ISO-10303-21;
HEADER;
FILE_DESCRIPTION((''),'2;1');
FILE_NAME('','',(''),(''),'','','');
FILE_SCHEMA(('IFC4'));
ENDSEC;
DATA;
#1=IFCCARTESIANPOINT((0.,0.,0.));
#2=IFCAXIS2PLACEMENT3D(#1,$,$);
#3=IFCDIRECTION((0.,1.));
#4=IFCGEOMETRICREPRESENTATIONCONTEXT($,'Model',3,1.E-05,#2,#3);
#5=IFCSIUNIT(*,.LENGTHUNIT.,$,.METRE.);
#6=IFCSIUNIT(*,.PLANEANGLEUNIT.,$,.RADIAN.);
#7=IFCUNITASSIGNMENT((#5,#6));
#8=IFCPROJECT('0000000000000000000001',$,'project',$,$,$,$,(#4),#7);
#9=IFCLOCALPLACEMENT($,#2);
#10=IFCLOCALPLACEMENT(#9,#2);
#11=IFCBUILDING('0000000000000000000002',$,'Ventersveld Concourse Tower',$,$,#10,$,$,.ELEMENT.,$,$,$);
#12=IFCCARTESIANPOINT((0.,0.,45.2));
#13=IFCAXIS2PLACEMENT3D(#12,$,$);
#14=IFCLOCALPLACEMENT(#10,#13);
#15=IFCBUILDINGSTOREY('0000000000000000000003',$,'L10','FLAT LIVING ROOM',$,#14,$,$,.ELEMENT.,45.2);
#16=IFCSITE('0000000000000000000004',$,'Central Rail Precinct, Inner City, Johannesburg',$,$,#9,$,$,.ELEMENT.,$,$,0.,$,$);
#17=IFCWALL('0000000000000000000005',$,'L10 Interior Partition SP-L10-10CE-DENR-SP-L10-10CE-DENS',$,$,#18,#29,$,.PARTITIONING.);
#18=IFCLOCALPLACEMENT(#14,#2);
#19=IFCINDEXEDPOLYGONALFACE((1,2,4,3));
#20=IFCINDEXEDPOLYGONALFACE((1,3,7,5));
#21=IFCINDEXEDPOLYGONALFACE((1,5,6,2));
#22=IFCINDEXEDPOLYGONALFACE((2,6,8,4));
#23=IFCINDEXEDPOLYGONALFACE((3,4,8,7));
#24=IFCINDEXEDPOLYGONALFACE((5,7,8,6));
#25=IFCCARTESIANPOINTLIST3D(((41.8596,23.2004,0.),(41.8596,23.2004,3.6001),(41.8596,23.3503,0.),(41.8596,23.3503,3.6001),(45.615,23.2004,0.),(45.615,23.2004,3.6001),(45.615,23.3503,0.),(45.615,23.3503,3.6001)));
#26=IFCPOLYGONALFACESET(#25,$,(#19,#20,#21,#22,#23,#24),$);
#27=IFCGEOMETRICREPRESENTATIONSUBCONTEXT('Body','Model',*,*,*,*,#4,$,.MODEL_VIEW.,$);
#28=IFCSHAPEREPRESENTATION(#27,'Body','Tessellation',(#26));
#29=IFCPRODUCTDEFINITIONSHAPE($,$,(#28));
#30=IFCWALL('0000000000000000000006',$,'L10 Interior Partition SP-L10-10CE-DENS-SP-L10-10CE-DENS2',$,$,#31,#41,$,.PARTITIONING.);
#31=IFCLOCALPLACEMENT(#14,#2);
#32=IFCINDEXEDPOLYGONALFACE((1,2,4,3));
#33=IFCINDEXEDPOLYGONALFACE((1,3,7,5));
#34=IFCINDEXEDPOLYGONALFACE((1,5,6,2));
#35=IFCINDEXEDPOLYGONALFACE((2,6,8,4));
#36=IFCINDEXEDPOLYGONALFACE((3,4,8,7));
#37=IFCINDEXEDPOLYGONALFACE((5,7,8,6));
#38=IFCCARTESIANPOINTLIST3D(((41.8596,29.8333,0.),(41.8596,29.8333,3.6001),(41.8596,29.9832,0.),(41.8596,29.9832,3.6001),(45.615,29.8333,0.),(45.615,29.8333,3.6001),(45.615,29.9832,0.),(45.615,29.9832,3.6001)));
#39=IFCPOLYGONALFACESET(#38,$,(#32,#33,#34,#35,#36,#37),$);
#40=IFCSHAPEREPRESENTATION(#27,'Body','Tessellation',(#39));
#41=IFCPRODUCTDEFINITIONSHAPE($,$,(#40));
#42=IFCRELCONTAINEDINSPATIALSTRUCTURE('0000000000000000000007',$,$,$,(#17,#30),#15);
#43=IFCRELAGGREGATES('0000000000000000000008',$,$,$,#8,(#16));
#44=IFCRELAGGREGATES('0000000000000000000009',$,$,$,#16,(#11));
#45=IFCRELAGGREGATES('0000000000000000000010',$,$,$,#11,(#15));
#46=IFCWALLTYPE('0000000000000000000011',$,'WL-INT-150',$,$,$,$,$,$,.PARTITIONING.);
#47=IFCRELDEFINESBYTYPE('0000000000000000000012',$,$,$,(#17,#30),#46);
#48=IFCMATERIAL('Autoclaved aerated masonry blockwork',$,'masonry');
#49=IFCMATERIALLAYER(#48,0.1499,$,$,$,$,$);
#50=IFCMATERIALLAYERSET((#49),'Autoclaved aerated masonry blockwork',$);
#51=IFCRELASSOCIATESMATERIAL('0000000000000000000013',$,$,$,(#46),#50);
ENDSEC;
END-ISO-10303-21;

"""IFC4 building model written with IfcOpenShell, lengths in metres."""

from ifc_helpers import new_model, si_unit, direction, frame, frame_2d, origin, place, context, subcontext, project, spatial, rectangle, extrude, material, layer, layer_set, type_object, element, save


model = new_model("IFC4")

# Units and contexts
model_context = context("Model", 3, precision=1e-05, world=origin(), true_north=direction((0.0, 1.0)))
body_context = subcontext(model_context, "Body", "Model", "MODEL_VIEW")
ifc_project = project(units=[si_unit("LENGTHUNIT", "METRE"), si_unit("PLANEANGLEUNIT", "RADIAN")], contexts=[model_context])

# Site, building, storey
site_placement = place(None, origin())
site = spatial("IfcSite", under=ifc_project, at=site_placement, Name="Central Rail Precinct, Inner City, Johannesburg", CompositionType="ELEMENT", RefElevation=0.0)
building_placement = place(site_placement, origin())
building = spatial("IfcBuilding", under=site, at=building_placement, Name="Ventersveld Concourse Tower", CompositionType="ELEMENT")
storey_placement = place(building_placement, frame((0.0, 0.0, 45.2)))
storey = spatial("IfcBuildingStorey", under=building, at=storey_placement, Name="L10", Description="FLAT LIVING ROOM", CompositionType="ELEMENT", Elevation=45.2)

# Shared definitions
ifc_material_1 = material(Name="Autoclaved aerated masonry blockwork", Category="masonry")
ifc_layer_1 = layer(ifc_material_1, 0.1499)
ifc_layer_set_1 = layer_set([ifc_layer_1], Name="Autoclaved aerated masonry blockwork")
wall_type_1 = type_object("IfcWallType", Name="WL-INT-150", PredefinedType="PARTITIONING", material=ifc_layer_set_1)

# Walls
for number, where, z_axis, x_axis, name in (
    (1, (41.8596, 23.2754, 0.0), (0.0, 0.0, 1.0), (1.0, 0.0, 0.0), "L10 Interior Partition SP-L10-10CE-DENR-SP-L10-10CE-DENS"),
    (2, (41.8596, 29.9082, 0.0), (0.0, 0.0, 1.0), (1.0, 0.0, 0.0), "L10 Interior Partition SP-L10-10CE-DENS-SP-L10-10CE-DENS2"),
):
    element("IfcWall", number, at=place(storey_placement, frame(where, z_axis=z_axis, x_axis=x_axis)), inside=storey, type_object=wall_type_1, Name=name, PredefinedType="PARTITIONING", context=body_context, shape_type="SweptSolid", body=[
        extrude(rectangle(XDim=3.7554, YDim=0.1499, at=frame_2d((1.8777, 0.0))), origin(), (0.0, 0.0, 1.0), 3.6001),
    ])

save(model, "model.ifc")
